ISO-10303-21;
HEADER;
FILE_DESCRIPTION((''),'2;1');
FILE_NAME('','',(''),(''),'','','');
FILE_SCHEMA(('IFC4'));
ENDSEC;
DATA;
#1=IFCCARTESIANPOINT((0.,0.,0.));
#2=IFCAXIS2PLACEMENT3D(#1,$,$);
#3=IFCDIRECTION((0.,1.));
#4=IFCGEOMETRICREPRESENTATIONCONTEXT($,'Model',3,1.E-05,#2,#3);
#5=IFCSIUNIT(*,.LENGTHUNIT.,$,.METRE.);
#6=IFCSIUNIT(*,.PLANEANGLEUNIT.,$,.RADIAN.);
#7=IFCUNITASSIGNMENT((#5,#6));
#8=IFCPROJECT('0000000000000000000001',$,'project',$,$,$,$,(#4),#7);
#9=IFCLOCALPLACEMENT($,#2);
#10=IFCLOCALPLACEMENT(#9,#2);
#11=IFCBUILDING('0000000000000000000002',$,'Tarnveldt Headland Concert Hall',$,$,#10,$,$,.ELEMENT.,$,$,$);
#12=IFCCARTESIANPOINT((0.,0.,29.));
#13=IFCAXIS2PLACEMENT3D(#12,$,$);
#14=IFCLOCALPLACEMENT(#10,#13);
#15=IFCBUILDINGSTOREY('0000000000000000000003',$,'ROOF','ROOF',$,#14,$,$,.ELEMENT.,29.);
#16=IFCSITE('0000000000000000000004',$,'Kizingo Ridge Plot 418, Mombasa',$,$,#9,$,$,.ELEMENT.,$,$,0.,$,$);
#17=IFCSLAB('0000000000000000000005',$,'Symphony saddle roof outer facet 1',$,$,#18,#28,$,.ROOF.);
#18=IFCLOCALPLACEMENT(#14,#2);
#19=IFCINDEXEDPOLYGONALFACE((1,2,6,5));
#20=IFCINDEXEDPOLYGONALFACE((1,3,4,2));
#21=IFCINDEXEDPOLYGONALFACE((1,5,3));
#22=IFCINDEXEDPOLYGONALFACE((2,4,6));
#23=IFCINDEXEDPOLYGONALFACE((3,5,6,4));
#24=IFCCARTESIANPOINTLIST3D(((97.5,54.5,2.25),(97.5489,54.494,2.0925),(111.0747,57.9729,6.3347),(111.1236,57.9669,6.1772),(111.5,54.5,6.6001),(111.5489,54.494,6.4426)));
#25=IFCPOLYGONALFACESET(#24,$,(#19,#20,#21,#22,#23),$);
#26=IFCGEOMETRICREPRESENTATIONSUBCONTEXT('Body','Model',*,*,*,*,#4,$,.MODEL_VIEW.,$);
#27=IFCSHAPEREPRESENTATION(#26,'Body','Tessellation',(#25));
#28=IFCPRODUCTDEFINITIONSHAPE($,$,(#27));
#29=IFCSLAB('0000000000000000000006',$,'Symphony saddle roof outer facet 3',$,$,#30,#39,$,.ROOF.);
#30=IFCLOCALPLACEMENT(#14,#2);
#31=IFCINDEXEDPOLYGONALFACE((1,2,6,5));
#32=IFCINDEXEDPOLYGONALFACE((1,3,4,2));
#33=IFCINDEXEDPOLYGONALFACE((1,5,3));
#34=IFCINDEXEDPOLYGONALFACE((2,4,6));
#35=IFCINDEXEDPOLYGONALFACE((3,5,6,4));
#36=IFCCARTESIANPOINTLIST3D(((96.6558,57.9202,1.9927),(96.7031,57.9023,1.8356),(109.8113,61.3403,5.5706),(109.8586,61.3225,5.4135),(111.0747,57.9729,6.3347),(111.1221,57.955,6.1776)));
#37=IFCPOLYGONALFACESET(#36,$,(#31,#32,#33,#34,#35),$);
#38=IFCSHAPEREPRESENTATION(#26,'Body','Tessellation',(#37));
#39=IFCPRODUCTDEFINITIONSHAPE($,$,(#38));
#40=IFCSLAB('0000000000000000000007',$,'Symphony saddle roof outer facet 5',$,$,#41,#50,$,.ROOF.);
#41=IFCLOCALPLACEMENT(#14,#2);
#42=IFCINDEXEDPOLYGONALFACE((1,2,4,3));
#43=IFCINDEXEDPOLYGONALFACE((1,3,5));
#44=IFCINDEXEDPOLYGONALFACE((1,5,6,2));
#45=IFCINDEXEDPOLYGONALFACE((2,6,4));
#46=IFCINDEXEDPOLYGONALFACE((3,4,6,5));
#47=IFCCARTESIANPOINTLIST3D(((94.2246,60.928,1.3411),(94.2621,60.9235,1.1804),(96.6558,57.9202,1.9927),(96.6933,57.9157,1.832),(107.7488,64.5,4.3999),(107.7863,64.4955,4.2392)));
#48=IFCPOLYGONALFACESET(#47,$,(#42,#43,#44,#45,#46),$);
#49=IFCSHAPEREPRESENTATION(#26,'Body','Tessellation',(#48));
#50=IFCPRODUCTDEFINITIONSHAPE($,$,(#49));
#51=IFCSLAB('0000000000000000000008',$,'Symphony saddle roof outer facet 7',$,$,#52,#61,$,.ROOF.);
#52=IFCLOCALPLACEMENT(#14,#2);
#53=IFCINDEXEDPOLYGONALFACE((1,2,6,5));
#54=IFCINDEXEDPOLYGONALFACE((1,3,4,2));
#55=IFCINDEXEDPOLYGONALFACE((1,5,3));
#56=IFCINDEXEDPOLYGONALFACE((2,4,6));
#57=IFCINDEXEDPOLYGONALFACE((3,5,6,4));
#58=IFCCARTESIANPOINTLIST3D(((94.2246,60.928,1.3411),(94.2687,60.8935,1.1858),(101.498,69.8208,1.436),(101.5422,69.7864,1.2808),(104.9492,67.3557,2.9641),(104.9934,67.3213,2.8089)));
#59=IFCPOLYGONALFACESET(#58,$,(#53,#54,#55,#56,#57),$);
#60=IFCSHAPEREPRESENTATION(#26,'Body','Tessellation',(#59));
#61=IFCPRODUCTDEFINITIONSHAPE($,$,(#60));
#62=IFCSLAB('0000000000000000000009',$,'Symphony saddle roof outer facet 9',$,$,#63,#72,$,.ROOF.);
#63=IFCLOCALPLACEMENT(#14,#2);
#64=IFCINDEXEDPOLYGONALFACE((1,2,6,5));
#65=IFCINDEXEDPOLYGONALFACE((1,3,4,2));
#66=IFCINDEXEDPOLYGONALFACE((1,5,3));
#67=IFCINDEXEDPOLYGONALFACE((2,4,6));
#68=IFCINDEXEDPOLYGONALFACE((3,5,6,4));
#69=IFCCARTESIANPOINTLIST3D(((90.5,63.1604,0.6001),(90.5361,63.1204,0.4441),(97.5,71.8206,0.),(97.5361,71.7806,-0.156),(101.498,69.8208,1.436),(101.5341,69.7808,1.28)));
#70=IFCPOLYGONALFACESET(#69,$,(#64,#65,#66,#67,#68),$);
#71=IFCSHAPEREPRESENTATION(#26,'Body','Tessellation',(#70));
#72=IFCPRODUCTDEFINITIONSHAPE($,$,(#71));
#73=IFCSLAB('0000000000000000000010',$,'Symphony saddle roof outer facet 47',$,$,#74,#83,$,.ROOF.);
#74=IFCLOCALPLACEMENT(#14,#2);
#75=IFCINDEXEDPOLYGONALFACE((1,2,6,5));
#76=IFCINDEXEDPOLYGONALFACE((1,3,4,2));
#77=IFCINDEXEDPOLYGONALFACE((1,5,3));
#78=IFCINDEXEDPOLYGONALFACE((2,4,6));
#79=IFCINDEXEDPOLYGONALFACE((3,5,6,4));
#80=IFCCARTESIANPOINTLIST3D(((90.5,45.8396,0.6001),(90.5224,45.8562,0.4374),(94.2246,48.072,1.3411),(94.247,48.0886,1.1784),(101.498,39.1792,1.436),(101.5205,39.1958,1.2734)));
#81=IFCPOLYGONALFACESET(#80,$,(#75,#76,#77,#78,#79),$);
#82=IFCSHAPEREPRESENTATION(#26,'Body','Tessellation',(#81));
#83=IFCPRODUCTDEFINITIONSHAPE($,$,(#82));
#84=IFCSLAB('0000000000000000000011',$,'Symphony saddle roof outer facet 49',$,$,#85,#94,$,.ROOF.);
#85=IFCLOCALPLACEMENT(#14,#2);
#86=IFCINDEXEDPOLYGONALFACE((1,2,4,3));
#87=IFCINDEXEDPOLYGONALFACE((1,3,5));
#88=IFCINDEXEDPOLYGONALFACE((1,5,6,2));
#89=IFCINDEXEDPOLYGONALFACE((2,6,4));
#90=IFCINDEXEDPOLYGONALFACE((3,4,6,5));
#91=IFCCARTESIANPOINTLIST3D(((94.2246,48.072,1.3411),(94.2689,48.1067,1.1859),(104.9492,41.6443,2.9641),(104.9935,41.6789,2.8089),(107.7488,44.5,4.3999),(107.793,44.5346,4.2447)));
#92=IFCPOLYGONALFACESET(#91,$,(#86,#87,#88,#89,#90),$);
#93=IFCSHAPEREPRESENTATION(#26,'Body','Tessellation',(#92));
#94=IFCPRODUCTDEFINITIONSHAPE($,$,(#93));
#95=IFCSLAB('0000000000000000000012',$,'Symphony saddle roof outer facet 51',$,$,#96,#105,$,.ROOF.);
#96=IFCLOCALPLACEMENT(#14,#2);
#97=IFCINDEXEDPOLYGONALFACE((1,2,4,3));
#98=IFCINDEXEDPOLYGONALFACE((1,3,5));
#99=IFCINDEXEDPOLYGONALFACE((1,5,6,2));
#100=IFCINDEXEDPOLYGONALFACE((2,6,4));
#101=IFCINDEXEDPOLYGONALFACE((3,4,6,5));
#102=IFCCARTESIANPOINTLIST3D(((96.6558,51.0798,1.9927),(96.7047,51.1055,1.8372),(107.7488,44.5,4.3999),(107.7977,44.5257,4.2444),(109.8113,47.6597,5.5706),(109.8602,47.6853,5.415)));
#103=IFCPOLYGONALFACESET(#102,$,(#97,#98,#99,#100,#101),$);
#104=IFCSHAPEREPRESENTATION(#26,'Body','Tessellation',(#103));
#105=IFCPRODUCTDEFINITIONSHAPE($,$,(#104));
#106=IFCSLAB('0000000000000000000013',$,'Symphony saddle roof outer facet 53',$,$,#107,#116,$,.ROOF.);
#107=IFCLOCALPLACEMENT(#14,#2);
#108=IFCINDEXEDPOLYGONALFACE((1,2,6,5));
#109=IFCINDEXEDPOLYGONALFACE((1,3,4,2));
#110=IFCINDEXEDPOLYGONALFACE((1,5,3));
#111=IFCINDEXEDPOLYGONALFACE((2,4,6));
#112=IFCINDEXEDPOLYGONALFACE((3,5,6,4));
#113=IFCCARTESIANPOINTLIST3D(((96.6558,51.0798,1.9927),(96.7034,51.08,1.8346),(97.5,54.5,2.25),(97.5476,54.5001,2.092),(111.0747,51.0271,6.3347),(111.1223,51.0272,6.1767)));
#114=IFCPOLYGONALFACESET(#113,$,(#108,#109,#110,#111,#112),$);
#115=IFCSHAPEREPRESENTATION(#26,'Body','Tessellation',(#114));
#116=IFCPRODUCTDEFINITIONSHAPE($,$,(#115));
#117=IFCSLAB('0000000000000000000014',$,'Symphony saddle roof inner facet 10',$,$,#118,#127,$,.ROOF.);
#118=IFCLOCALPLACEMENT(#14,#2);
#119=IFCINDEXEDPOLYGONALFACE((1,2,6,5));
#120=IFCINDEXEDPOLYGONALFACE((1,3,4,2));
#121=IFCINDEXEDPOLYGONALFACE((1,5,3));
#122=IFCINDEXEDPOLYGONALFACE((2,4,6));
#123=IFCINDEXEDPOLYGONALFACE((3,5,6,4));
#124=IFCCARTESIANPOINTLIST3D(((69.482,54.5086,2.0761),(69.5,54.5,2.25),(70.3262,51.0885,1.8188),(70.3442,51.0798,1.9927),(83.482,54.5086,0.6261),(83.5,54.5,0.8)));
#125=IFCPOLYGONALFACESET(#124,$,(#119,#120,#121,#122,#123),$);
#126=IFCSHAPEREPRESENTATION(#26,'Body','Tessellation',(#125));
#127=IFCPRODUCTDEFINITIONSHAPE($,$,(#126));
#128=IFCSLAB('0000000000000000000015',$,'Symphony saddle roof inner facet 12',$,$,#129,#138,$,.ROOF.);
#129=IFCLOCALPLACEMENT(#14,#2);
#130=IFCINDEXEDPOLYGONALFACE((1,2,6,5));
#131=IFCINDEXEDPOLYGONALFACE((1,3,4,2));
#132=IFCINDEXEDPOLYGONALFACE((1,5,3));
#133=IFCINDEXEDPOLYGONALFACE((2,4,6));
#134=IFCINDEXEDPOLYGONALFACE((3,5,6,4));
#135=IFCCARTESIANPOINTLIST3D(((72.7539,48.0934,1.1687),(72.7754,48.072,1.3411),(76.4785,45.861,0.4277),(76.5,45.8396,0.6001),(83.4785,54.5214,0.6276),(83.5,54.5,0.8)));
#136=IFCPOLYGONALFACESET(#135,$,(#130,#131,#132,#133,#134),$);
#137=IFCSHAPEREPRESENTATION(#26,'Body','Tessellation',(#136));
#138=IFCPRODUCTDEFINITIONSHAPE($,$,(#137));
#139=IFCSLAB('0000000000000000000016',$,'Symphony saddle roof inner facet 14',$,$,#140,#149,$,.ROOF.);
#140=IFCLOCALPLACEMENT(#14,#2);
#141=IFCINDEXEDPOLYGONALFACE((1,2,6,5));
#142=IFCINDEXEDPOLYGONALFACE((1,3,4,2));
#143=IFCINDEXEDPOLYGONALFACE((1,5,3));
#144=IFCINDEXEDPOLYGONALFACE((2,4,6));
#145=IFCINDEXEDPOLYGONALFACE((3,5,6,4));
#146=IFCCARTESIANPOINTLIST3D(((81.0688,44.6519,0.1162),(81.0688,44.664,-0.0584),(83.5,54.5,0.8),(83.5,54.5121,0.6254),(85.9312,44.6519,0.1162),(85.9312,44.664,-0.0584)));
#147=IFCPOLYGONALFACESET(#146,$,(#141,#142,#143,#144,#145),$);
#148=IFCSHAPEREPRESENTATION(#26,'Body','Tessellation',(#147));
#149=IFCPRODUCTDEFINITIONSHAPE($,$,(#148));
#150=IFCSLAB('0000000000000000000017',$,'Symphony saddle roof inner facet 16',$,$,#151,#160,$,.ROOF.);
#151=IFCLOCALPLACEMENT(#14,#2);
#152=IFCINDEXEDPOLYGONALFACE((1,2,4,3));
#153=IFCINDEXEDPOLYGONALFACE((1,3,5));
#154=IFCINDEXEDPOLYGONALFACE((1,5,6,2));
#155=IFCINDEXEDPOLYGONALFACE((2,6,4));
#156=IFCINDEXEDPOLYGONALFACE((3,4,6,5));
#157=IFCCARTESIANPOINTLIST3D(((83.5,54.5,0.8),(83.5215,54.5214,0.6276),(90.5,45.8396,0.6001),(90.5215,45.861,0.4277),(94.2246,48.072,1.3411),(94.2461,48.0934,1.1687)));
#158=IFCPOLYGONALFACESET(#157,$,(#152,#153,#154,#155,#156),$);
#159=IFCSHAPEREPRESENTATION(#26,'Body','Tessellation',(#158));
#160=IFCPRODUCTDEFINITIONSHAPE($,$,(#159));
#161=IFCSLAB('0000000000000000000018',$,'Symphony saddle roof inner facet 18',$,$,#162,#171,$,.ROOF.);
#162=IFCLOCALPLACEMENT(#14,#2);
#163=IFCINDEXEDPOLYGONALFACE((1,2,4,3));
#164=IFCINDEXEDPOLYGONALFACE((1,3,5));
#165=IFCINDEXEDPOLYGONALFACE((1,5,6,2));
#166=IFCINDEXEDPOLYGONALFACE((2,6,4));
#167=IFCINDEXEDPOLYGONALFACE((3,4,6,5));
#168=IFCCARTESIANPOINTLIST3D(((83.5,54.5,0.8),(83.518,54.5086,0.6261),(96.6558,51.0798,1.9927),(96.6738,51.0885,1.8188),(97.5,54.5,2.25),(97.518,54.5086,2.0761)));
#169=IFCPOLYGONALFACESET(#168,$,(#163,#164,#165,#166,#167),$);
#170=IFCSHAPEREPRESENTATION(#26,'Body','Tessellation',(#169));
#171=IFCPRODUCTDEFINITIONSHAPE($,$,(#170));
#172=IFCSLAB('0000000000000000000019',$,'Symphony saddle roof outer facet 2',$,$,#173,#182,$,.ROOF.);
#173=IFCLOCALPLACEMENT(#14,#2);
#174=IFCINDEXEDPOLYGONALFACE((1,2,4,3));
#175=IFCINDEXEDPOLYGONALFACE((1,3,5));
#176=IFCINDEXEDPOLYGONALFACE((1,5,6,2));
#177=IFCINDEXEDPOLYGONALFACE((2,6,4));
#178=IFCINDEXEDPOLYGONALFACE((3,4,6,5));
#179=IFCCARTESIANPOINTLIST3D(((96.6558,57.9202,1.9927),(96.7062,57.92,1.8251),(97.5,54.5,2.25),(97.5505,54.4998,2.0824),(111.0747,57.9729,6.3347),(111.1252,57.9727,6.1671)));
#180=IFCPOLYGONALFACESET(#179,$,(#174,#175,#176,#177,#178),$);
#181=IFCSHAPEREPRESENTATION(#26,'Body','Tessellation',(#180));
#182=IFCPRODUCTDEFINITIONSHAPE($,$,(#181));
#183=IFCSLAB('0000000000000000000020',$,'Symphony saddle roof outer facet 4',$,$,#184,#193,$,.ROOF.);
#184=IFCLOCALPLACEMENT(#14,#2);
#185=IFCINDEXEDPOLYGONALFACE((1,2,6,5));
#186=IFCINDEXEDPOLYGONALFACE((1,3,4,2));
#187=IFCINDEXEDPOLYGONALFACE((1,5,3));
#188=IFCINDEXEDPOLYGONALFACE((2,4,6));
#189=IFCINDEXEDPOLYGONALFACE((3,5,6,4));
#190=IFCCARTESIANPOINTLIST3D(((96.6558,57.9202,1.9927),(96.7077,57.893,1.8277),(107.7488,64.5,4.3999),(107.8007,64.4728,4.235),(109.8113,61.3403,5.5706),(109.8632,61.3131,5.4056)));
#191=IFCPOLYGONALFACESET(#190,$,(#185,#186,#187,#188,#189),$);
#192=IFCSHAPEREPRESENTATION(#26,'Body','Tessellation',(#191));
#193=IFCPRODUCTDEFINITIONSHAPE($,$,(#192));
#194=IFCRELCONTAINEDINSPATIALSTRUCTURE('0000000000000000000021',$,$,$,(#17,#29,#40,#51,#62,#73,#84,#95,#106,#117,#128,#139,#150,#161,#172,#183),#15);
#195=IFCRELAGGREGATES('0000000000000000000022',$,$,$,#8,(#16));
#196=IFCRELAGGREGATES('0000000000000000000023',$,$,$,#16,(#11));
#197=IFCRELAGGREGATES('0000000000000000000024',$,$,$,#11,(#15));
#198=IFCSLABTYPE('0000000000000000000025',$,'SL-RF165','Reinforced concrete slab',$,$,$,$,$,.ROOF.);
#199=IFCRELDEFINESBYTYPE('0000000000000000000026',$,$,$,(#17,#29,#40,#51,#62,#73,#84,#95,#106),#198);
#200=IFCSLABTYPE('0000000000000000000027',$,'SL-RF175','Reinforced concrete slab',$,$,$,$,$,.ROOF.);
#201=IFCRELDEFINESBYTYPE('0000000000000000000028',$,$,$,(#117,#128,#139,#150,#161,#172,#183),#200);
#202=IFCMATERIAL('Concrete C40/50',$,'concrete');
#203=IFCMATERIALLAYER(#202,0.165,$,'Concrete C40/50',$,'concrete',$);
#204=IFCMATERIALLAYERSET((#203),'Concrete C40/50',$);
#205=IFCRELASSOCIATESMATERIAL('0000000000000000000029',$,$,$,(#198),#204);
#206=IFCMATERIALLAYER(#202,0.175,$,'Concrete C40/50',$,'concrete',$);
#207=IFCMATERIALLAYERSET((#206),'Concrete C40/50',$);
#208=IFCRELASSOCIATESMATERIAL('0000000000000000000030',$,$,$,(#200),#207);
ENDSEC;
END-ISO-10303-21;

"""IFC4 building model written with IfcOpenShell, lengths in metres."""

from ifc_helpers import new_model, si_unit, direction, frame, origin, place, context, subcontext, project, spatial, polyline, outline, extrude, material, layer, layer_set, type_object, element, save


model = new_model("IFC4")

# Units and contexts
model_context = context("Model", 3, precision=1e-05, world=origin(), true_north=direction((0.0, 1.0)))
body_context = subcontext(model_context, "Body", "Model", "MODEL_VIEW")
ifc_project = project(units=[si_unit("LENGTHUNIT", "METRE"), si_unit("PLANEANGLEUNIT", "RADIAN")], contexts=[model_context])

# Site, building, storey
site_placement = place(None, origin())
site = spatial("IfcSite", under=ifc_project, at=site_placement, Name="Kizingo Ridge Plot 418, Mombasa", CompositionType="ELEMENT", RefElevation=0.0)
building_placement = place(site_placement, origin())
building = spatial("IfcBuilding", under=site, at=building_placement, Name="Tarnveldt Headland Concert Hall", CompositionType="ELEMENT")
storey_placement = place(building_placement, frame((0.0, 0.0, 29.0)))
storey = spatial("IfcBuildingStorey", under=building, at=storey_placement, Name="ROOF", Description="ROOF", CompositionType="ELEMENT", Elevation=29.0)

# Slabs
ifc_material = material(Name="Concrete C40/50", Category="concrete")
ifc_layer_1 = layer(ifc_material, 0.165, Name="Concrete C40/50", Category="concrete")
ifc_layer_set_1 = layer_set([ifc_layer_1], Name="Concrete C40/50")
slab_type_1 = type_object("IfcSlabType", Name="SL-RF165", Description="Reinforced concrete slab", PredefinedType="ROOF", material=ifc_layer_set_1)
slab_1_placement = place(storey_placement, frame((97.5, 54.5, 2.25), z_axis=(-0.296528, 0.036611, 0.954322), x_axis=(0.954962, 0.0, 0.296727)))
element("IfcSlab", 1, at=slab_1_placement, inside=storey, type_object=slab_type_1, Name="Symphony saddle roof outer facet 1", PredefinedType="ROOF", context=body_context, shape_type="SweptSolid", body=[
    extrude(outline(polyline([(0.0, 0.0), (14.6603, 0.0), (14.1754, 3.4752), (0.0, 0.0)])), origin(), (0.0, 0.0, -1.0), 0.165),
])
slab_2_placement = place(storey_placement, frame((96.6558, 57.9202, 1.9927), z_axis=(-0.287011, 0.108302, 0.951785), x_axis=(0.957521, 0.003502, 0.288343)))
element("IfcSlab", 2, at=slab_2_placement, inside=storey, type_object=slab_type_1, Name="Symphony saddle roof outer facet 3", PredefinedType="ROOF", context=body_context, shape_type="SweptSolid", body=[
    extrude(outline(polyline([(0.0, 0.0), (15.0586, 0.0), (13.6403, 3.3924), (0.0, 0.0)])), origin(), (0.0, 0.0, -1.0), 0.165),
])
slab_3_placement = place(storey_placement, frame((96.6558, 57.9202, 1.9927), z_axis=(-0.227335, 0.027135, 0.973438), x_axis=(0.845481, 0.501498, 0.183473)))
element("IfcSlab", 3, at=slab_3_placement, inside=storey, type_object=slab_type_1, Name="Symphony saddle roof outer facet 5", PredefinedType="ROOF", context=body_context, shape_type="SweptSolid", body=[
    extrude(outline(polyline([(0.0, 0.0), (13.1204, 0.0), (-0.6666, 3.8649), (0.0, 0.0)])), origin(), (0.0, 0.0, -1.0), 0.165),
])
slab_4_placement = place(storey_placement, frame((94.2246, 60.928, 1.3411), z_axis=(-0.267446, 0.208698, 0.940701), x_axis=(0.850604, 0.509805, 0.128729)))
element("IfcSlab", 4, at=slab_4_placement, inside=storey, type_object=slab_type_1, Name="Symphony saddle roof outer facet 7", PredefinedType="ROOF", context=body_context, shape_type="SweptSolid", body=[
    extrude(outline(polyline([(0.0, 0.0), (12.6082, 0.0), (10.7326, 4.0993), (0.0, 0.0)])), origin(), (0.0, 0.0, -1.0), 0.165),
])
slab_5_placement = place(storey_placement, frame((90.5, 63.1604, 0.6001), z_axis=(-0.218462, 0.242089, 0.94534), x_axis=(0.853571, 0.516921, 0.064878)))
element("IfcSlab", 5, at=slab_5_placement, inside=storey, type_object=slab_type_1, Name="Symphony saddle roof outer facet 9", PredefinedType="ROOF", context=body_context, shape_type="SweptSolid", body=[
    extrude(outline(polyline([(0.0, 0.0), (12.8847, 0.0), (10.4127, 3.9918), (0.0, 0.0)])), origin(), (0.0, 0.0, -1.0), 0.165),
])
slab_6_placement = place(storey_placement, frame((90.5, 45.8396, 0.6001), z_axis=(-0.135809, -0.100552, 0.985619), x_axis=(0.853571, -0.516921, 0.064878)))
element("IfcSlab", 6, at=slab_6_placement, inside=storey, type_object=slab_type_1, Name="Symphony saddle roof outer facet 47", PredefinedType="ROOF", context=body_context, shape_type="SweptSolid", body=[
    extrude(outline(polyline([(0.0, 0.0), (12.8847, 0.0), (2.0733, 3.8868), (0.0, 0.0)])), origin(), (0.0, 0.0, -1.0), 0.165),
])
slab_7_placement = place(storey_placement, frame((94.2246, 48.072, 1.3411), z_axis=(-0.268101, -0.209906, 0.940245), x_axis=(0.850604, -0.509805, 0.128729)))
element("IfcSlab", 7, at=slab_7_placement, inside=storey, type_object=slab_type_1, Name="Symphony saddle roof outer facet 49", PredefinedType="ROOF", context=body_context, shape_type="SweptSolid", body=[
    extrude(outline(polyline([(0.0, 0.0), (12.6082, 0.0), (13.7185, 4.1014), (0.0, 0.0)])), origin(), (0.0, 0.0, -1.0), 0.165),
])
slab_8_placement = place(storey_placement, frame((96.6558, 51.0798, 1.9927), z_axis=(-0.296673, -0.155445, 0.942243), x_axis=(0.845481, -0.501498, 0.183473)))
element("IfcSlab", 8, at=slab_8_placement, inside=storey, type_object=slab_type_1, Name="Symphony saddle roof outer facet 51", PredefinedType="ROOF", context=body_context, shape_type="SweptSolid", body=[
    extrude(outline(polyline([(0.0, 0.0), (13.1204, 0.0), (13.4944, 3.9329), (0.0, 0.0)])), origin(), (0.0, 0.0, -1.0), 0.165),
])
slab_9_placement = place(storey_placement, frame((96.6558, 51.0798, 1.9927), z_axis=(-0.288347, -0.000866, 0.957526), x_axis=(0.957521, -0.003502, 0.288343)))
element("IfcSlab", 9, at=slab_9_placement, inside=storey, type_object=slab_type_1, Name="Symphony saddle roof outer facet 53", PredefinedType="ROOF", context=body_context, shape_type="SweptSolid", body=[
    extrude(outline(polyline([(0.0, 0.0), (15.0586, 0.0), (0.8706, 3.4232), (0.0, 0.0)])), origin(), (0.0, 0.0, -1.0), 0.165),
])
ifc_layer_2 = layer(ifc_material, 0.175, Name="Concrete C40/50", Category="concrete")
ifc_layer_set_2 = layer_set([ifc_layer_2], Name="Concrete C40/50")
slab_type_2 = type_object("IfcSlabType", Name="SL-RF175", Description="Reinforced concrete slab", PredefinedType="ROOF", material=ifc_layer_set_2)
slab_10_placement = place(storey_placement, frame((83.5, 54.5, 0.8), z_axis=(0.102891, -0.049348, 0.993468), x_axis=(-0.99468, 0.0, 0.103017)))
element("IfcSlab", 10, at=slab_10_placement, inside=storey, type_object=slab_type_2, Name="Symphony saddle roof inner facet 10", PredefinedType="ROOF", context=body_context, shape_type="SweptSolid", body=[
    extrude(outline(polyline([(0.0, 0.0), (14.0749, 0.0), (13.2086, 3.4243), (0.0, 0.0)])), origin(), (0.0, 0.0, -1.0), 0.175),
])
slab_11_placement = place(storey_placement, frame((83.5, 54.5, 0.8), z_axis=(0.122809, -0.122003, 0.984903), x_axis=(-0.85693, -0.513616, 0.043229)))
element("IfcSlab", 11, at=slab_11_placement, inside=storey, type_object=slab_type_2, Name="Symphony saddle roof inner facet 12", PredefinedType="ROOF", context=body_context, shape_type="SweptSolid", body=[
    extrude(outline(polyline([(0.0, 0.0), (12.5151, 0.0), (10.438, 3.8847), (0.0, 0.0)])), origin(), (0.0, 0.0, -1.0), 0.175),
])
slab_12_placement = place(storey_placement, frame((83.5, 54.5, 0.8), z_axis=(0.0, -0.069271, 0.997598), x_axis=(-0.239126, -0.968656, -0.067262)))
element("IfcSlab", 12, at=slab_12_placement, inside=storey, type_object=slab_type_2, Name="Symphony saddle roof inner facet 14", PredefinedType="ROOF", context=body_context, shape_type="SweptSolid", body=[
    extrude(outline(polyline([(0.0, 0.0), (10.1668, 0.0), (9.0041, 4.7212), (0.0, 0.0)])), origin(), (0.0, 0.0, -1.0), 0.175),
])
slab_13_placement = place(storey_placement, frame((83.5, 54.5, 0.8), z_axis=(-0.122809, -0.122003, 0.984903), x_axis=(0.628511, -0.777594, -0.017953)))
element("IfcSlab", 13, at=slab_13_placement, inside=storey, type_object=slab_type_2, Name="Symphony saddle roof inner facet 16", PredefinedType="ROOF", context=body_context, shape_type="SweptSolid", body=[
    extrude(outline(polyline([(0.0, 0.0), (11.1374, 0.0), (11.7292, 4.3652), (0.0, 0.0)])), origin(), (0.0, 0.0, -1.0), 0.175),
])
slab_14_placement = place(storey_placement, frame((83.5, 54.5, 0.8), z_axis=(-0.102891, -0.049348, 0.993468), x_axis=(0.964125, -0.250648, 0.087402)))
element("IfcSlab", 14, at=slab_14_placement, inside=storey, type_object=slab_type_2, Name="Symphony saddle roof inner facet 18", PredefinedType="ROOF", context=body_context, shape_type="SweptSolid", body=[
    extrude(outline(polyline([(0.0, 0.0), (13.6453, 0.0), (13.6245, 3.5321), (0.0, 0.0)])), origin(), (0.0, 0.0, -1.0), 0.175),
])
slab_15_placement = place(storey_placement, frame((97.5, 54.5, 2.25), z_axis=(-0.288347, 0.000866, 0.957526), x_axis=(0.930083, 0.237949, 0.279868)))
element("IfcSlab", 15, at=slab_15_placement, inside=storey, type_object=slab_type_2, Name="Symphony saddle roof outer facet 2", PredefinedType="ROOF", context=body_context, shape_type="SweptSolid", body=[
    extrude(outline(polyline([(0.0, 0.0), (14.5952, 0.0), (-0.0434, 3.5319), (0.0, 0.0)])), origin(), (0.0, 0.0, -1.0), 0.175),
])
slab_16_placement = place(storey_placement, frame((96.6558, 57.9202, 1.9927), z_axis=(-0.296673, 0.155445, 0.942243), x_axis=(0.935947, 0.243327, 0.254548)))
element("IfcSlab", 16, at=slab_16_placement, inside=storey, type_object=slab_type_2, Name="Symphony saddle roof outer facet 4", PredefinedType="ROOF", context=body_context, shape_type="SweptSolid", body=[
    extrude(outline(polyline([(0.0, 0.0), (14.0558, 0.0), (12.5963, 3.6712), (0.0, 0.0)])), origin(), (0.0, 0.0, -1.0), 0.175),
])

save(model, "model.ifc")
